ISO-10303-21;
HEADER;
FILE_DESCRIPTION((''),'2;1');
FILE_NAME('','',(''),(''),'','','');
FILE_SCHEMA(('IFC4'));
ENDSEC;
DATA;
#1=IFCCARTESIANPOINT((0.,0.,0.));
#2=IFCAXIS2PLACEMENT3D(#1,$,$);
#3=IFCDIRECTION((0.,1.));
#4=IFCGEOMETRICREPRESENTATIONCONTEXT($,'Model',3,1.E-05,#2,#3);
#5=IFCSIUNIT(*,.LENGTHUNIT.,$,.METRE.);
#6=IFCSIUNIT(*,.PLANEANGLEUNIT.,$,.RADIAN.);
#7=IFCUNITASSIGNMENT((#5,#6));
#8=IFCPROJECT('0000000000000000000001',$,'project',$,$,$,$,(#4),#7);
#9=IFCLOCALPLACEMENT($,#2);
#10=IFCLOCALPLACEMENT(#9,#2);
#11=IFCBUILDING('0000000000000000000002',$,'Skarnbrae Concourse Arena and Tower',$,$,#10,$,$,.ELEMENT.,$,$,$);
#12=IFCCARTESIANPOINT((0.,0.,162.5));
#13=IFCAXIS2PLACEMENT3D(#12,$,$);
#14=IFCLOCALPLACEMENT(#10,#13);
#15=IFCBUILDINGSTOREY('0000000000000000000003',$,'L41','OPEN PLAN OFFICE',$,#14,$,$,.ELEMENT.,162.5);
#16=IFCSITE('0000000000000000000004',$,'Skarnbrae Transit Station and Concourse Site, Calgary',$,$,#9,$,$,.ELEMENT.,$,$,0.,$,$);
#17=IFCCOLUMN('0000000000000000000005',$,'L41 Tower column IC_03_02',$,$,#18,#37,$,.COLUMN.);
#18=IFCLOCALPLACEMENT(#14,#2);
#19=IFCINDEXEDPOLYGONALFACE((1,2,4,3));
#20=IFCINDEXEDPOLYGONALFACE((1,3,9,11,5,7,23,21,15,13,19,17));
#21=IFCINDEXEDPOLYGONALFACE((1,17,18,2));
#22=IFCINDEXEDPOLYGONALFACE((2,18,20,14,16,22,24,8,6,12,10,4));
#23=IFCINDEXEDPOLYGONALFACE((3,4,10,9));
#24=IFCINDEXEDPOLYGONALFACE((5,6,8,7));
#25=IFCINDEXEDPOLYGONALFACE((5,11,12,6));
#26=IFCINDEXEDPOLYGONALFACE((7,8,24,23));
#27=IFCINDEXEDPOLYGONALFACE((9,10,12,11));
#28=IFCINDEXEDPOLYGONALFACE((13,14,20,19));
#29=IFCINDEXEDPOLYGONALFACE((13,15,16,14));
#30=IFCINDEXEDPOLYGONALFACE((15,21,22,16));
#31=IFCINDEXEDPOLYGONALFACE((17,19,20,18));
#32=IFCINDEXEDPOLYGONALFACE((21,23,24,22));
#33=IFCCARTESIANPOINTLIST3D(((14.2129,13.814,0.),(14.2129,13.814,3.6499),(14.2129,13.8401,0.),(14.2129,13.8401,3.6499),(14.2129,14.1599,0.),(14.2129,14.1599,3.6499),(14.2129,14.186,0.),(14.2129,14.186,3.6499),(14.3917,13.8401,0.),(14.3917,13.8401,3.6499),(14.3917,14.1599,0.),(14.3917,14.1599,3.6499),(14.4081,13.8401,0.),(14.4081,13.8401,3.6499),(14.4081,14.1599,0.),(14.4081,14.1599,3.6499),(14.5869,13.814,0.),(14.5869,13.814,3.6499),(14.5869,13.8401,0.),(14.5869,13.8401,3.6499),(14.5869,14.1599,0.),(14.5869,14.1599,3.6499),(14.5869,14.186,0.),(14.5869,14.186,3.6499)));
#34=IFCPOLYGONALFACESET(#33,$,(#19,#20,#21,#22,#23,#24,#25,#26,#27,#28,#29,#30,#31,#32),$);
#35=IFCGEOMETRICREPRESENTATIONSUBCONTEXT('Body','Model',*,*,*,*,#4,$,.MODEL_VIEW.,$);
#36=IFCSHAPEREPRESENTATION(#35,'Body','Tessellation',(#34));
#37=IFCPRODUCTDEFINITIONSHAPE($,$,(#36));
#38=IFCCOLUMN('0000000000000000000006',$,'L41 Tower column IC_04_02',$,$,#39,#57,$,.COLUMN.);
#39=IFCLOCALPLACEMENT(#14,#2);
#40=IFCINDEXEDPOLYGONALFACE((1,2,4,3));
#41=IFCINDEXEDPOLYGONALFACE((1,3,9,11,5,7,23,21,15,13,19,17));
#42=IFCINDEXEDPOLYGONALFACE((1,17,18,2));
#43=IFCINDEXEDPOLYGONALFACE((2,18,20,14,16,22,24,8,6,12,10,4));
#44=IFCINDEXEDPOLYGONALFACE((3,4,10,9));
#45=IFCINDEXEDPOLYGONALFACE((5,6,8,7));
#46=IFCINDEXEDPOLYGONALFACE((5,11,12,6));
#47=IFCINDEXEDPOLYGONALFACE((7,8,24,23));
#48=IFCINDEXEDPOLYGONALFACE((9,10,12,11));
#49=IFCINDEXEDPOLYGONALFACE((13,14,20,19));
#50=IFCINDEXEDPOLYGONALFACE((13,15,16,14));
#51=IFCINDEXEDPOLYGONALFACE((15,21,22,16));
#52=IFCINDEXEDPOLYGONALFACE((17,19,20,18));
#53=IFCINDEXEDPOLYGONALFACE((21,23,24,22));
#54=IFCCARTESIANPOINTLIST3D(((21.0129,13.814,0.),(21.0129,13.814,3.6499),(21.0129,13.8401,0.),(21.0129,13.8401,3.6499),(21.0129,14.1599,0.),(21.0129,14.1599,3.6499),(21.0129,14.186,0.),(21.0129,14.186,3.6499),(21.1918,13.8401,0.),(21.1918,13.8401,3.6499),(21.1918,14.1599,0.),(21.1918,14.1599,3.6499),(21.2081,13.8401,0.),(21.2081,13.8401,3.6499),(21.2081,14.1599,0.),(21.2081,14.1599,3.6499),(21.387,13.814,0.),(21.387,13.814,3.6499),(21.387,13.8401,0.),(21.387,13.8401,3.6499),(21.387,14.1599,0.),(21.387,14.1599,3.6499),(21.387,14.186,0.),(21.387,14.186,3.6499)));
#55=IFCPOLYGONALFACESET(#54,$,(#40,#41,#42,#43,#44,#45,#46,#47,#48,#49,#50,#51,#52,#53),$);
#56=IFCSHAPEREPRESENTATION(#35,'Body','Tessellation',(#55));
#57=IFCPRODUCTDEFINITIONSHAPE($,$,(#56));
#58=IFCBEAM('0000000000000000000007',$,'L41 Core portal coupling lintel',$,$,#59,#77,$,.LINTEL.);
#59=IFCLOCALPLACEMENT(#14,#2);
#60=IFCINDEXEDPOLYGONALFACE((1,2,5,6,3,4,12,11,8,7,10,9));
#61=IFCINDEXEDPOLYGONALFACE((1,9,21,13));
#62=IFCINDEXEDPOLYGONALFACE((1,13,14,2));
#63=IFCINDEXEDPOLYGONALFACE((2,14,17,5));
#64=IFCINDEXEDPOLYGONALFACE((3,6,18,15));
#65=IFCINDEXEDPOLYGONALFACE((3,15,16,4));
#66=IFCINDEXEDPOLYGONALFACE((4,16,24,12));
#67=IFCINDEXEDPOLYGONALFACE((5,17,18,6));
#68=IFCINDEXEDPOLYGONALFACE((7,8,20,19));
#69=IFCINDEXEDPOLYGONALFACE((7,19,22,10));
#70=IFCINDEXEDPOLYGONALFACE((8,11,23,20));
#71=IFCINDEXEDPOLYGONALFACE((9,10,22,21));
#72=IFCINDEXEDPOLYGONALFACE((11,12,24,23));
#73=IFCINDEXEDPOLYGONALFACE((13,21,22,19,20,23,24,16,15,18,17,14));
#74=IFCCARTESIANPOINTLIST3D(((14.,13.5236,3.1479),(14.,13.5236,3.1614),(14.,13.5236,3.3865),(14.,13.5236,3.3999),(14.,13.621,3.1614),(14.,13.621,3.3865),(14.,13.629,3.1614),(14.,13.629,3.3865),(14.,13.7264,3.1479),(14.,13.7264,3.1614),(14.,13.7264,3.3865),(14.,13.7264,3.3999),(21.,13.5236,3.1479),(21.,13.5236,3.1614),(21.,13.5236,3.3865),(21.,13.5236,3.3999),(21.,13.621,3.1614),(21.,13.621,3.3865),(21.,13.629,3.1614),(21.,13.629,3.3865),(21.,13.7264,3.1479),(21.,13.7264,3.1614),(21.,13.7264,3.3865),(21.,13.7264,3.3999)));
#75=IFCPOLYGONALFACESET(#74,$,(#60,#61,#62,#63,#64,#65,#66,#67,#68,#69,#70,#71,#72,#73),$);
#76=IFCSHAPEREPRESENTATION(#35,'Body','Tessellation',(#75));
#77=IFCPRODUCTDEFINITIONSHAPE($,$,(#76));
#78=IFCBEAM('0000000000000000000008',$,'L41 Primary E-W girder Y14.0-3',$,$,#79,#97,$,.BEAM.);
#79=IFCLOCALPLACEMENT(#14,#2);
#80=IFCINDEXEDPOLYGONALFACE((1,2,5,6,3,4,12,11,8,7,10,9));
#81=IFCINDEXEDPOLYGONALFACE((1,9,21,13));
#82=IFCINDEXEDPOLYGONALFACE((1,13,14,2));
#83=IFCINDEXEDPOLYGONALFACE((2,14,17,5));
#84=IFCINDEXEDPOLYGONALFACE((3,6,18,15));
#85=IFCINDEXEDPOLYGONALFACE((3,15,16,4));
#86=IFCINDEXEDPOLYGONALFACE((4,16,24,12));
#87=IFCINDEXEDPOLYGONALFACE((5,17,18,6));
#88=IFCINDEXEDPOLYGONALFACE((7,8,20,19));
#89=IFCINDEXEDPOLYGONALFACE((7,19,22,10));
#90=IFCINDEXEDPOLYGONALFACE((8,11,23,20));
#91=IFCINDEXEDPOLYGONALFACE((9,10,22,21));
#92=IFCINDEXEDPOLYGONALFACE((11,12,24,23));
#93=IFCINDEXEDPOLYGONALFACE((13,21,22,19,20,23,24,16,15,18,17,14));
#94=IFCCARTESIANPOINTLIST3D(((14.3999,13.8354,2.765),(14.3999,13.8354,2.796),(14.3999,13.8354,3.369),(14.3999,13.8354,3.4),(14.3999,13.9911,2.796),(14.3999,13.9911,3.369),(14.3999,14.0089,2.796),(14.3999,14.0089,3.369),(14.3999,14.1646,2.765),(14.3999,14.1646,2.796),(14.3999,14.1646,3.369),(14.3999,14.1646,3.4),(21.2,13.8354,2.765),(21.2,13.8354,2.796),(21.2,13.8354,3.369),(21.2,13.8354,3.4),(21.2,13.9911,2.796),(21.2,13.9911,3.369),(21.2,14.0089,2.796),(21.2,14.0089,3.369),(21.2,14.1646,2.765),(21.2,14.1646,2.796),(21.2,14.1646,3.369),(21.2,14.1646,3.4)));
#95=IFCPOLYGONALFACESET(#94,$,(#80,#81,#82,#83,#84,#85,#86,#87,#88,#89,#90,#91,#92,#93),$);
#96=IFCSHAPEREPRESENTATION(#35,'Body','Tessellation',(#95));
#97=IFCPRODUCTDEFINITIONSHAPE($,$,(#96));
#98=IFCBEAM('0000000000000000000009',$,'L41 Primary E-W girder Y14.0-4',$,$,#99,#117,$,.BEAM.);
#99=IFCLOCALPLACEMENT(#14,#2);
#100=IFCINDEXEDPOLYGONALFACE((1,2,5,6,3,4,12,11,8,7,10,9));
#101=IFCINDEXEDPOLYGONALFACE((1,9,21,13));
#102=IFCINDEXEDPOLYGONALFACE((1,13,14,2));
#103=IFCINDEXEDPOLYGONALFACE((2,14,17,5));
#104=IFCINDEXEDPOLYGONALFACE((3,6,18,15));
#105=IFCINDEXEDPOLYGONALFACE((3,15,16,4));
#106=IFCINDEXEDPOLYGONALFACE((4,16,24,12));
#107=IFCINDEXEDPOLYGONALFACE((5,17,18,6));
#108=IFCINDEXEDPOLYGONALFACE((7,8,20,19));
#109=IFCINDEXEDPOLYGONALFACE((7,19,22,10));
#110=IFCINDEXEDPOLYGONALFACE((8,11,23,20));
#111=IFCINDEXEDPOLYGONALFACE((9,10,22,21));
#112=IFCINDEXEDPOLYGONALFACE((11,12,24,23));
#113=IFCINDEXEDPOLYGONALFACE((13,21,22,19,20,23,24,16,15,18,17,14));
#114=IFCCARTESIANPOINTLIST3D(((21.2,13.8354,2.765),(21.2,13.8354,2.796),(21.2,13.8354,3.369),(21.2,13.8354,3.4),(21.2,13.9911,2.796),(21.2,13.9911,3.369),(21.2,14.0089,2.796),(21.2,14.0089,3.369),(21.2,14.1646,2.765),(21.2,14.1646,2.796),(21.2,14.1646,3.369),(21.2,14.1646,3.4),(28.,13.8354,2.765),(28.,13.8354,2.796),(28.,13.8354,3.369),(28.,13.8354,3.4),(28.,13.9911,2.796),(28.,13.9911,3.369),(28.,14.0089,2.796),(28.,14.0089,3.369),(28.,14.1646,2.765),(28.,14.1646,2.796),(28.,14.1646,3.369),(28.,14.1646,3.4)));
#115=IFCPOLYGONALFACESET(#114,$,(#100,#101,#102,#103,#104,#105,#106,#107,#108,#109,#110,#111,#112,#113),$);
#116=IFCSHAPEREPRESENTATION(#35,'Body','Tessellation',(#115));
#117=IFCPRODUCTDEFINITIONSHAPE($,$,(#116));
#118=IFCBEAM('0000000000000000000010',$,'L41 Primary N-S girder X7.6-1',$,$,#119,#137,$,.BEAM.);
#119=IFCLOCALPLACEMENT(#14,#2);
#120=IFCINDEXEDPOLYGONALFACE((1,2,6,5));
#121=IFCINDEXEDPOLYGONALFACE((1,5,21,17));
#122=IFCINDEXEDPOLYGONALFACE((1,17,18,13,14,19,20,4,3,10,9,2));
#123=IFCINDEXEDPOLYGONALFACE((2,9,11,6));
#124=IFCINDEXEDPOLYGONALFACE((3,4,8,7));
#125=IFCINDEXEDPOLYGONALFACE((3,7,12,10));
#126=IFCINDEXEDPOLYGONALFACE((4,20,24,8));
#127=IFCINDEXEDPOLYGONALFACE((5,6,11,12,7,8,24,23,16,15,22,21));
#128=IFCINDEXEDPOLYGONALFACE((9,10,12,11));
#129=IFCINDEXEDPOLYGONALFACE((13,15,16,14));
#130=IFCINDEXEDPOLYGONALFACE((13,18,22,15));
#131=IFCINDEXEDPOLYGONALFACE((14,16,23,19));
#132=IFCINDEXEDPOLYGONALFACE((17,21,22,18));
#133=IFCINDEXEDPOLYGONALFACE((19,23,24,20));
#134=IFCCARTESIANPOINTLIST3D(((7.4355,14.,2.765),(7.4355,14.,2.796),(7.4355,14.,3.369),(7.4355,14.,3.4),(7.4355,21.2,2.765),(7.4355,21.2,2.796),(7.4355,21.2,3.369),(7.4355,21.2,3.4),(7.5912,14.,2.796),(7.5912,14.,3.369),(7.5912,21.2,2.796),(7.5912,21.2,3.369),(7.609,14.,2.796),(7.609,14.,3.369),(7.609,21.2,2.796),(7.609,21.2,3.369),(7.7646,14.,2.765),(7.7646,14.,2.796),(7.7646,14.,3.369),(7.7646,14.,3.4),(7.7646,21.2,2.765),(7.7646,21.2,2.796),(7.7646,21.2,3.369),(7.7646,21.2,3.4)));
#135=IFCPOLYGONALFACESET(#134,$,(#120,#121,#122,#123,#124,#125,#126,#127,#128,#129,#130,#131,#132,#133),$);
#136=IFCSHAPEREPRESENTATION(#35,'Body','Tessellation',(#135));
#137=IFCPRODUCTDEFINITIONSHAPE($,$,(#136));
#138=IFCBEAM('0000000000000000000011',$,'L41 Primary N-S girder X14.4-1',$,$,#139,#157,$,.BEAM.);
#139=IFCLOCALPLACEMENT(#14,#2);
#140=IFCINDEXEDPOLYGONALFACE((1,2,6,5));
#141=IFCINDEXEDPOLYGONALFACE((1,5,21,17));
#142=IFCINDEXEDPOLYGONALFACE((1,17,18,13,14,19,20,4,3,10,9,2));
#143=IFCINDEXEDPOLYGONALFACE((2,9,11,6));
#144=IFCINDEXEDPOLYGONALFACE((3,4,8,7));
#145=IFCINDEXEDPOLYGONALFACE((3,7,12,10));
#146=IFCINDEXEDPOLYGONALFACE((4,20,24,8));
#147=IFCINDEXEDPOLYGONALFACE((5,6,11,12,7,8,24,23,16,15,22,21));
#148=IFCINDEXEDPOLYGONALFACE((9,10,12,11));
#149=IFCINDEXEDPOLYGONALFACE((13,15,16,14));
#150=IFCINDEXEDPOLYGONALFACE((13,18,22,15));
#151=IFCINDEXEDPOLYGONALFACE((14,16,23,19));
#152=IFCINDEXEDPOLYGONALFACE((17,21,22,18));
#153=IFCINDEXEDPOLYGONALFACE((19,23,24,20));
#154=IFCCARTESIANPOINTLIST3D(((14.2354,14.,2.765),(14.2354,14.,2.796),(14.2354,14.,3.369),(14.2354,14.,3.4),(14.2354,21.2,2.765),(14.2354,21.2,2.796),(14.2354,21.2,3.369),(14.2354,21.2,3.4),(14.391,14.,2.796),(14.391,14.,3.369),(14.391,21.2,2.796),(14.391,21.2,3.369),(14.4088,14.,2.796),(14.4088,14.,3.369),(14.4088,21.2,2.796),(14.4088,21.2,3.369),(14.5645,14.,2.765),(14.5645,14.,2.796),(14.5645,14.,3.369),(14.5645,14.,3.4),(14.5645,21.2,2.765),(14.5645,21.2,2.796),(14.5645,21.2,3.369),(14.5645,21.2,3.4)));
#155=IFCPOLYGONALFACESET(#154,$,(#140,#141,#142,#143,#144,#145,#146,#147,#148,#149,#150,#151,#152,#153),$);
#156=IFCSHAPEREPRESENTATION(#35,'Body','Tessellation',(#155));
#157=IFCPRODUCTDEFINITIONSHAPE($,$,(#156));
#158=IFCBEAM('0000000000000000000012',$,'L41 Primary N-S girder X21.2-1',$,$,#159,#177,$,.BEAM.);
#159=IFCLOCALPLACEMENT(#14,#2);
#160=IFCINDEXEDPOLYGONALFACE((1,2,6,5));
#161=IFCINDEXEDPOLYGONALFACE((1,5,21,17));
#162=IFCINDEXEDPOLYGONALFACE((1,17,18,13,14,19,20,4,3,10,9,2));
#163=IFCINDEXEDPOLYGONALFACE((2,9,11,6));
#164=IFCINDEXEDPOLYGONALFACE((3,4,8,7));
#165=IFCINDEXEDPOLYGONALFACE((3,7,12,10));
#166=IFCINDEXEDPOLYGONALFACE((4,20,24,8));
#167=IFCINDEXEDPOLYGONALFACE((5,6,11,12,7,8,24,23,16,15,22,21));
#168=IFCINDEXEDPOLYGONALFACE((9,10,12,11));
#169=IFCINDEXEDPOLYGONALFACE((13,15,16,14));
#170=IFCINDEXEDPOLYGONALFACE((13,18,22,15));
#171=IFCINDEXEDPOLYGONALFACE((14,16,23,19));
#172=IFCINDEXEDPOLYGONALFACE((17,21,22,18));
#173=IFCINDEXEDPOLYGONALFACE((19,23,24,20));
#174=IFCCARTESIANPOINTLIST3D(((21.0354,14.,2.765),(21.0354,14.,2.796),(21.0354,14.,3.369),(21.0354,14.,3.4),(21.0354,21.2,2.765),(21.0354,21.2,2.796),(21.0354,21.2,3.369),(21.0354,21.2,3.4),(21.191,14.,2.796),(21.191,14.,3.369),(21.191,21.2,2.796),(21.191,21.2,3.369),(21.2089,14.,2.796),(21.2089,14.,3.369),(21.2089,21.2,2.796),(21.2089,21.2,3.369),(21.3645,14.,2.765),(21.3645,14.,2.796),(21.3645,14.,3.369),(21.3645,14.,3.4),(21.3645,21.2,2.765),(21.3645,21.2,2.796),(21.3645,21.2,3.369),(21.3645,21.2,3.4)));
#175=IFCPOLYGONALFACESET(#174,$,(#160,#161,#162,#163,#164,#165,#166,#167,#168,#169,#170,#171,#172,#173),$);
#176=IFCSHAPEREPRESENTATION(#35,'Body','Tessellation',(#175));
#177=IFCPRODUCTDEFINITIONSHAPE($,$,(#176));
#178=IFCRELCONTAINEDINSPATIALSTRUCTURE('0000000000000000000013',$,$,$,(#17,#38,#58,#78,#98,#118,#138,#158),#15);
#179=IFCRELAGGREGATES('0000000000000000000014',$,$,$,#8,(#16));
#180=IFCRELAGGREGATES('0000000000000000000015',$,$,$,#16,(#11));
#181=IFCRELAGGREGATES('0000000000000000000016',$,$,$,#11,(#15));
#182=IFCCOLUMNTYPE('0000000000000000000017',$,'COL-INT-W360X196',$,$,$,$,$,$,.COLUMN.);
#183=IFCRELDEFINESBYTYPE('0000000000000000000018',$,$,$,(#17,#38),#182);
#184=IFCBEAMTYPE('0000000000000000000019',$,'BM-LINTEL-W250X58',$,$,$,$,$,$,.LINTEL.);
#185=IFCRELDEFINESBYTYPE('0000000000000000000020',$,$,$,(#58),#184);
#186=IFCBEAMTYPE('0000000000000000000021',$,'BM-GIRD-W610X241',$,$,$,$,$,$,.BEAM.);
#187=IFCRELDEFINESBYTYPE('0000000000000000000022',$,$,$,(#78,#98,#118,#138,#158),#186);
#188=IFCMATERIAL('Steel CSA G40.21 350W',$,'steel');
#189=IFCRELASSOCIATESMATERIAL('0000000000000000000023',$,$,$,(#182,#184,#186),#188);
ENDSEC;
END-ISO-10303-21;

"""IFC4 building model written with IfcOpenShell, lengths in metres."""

from ifc_helpers import new_model, si_unit, direction, frame, origin, origin_2d, place, context, subcontext, project, spatial, i_section, extrude, source, transform, mapped, material, material_profile, profile_set, type_object, element, save


model = new_model("IFC4")

# Units and contexts
model_context = context("Model", 3, precision=1e-05, world=origin(), true_north=direction((0.0, 1.0)))
body_context = subcontext(model_context, "Body", "Model", "MODEL_VIEW")
ifc_project = project(units=[si_unit("LENGTHUNIT", "METRE"), si_unit("PLANEANGLEUNIT", "RADIAN")], contexts=[model_context])

# Site, building, storey
site_placement = place(None, origin())
site = spatial("IfcSite", under=ifc_project, at=site_placement, Name="Skarnbrae Transit Station and Concourse Site, Calgary", CompositionType="ELEMENT", RefElevation=0.0)
building_placement = place(site_placement, origin())
building = spatial("IfcBuilding", under=site, at=building_placement, Name="Skarnbrae Concourse Arena and Tower", CompositionType="ELEMENT")
storey_placement = place(building_placement, frame((0.0, 0.0, 162.5)))
storey = spatial("IfcBuildingStorey", under=building, at=storey_placement, Name="L41", Description="OPEN PLAN OFFICE", CompositionType="ELEMENT", Elevation=162.5)

# Columns
ifc_material_1 = material(Name="Steel CSA G40.21 350W", Category="steel")
ifc_material_profile_1 = material_profile(ifc_material_1, i_section(OverallWidth=0.374, OverallDepth=0.3721, WebThickness=0.0164, FlangeThickness=0.0261, at=origin_2d()), Name="W360X196")
ifc_profile_set_1 = profile_set([ifc_material_profile_1], Name="Steel CSA G40.21 350W")
column_type = type_object("IfcColumnType", Name="COL-INT-W360X196", PredefinedType="COLUMN", material=ifc_profile_set_1)
shared_shape_1 = source(origin(), body_context, "Body", "SweptSolid", [
    extrude(i_section(OverallWidth=0.374, OverallDepth=0.3721, WebThickness=0.0164, FlangeThickness=0.0261, at=origin_2d()), origin(), (0.0, 0.0, 1.0), 3.6499),
])
for number, where, z_axis, x_axis, name in (
    (1, (14.3999, 14.0, 0.0), (0.0, 0.0, 1.0), (1.0, 0.0, 0.0), "L41 Tower column IC_03_02"),
    (2, (21.2, 14.0, 0.0), (0.0, 0.0, 1.0), (1.0, 0.0, 0.0), "L41 Tower column IC_04_02"),
):
    element("IfcColumn", number, at=place(storey_placement, frame(where, z_axis=z_axis, x_axis=x_axis)), inside=storey, type_object=column_type, Name=name, PredefinedType="COLUMN", context=body_context, shape_type="MappedRepresentation", body=[
        mapped(shared_shape_1, transform((0.0, 0.0, 0.0))),
    ])

# Beams
ifc_material_profile_2 = material_profile(ifc_material_1, i_section(OverallWidth=0.2029, OverallDepth=0.252, WebThickness=0.0081, FlangeThickness=0.0134, at=origin_2d()), Name="W250X58")
ifc_profile_set_2 = profile_set([ifc_material_profile_2], Name="Steel CSA G40.21 350W")
beam_type_1 = type_object("IfcBeamType", Name="BM-LINTEL-W250X58", PredefinedType="LINTEL", material=ifc_profile_set_2)
shared_shape_2 = source(origin(), body_context, "Body", "SweptSolid", [
    extrude(i_section(OverallWidth=0.2029, OverallDepth=0.252, WebThickness=0.0081, FlangeThickness=0.0134, at=origin_2d()), origin(), (0.0, 0.0, 1.0), 7.0),
])
beam_placement = place(storey_placement, frame((14.0, 13.625, 3.2739), z_axis=(1.0, 0.0, 0.0), x_axis=(0.0, 1.0, 0.0)))
element("IfcBeam", 3, at=beam_placement, inside=storey, type_object=beam_type_1, Name="L41 Core portal coupling lintel", PredefinedType="LINTEL", context=body_context, shape_type="MappedRepresentation", body=[
    mapped(shared_shape_2, transform((0.0, 0.0, 0.0))),
])
ifc_material_profile_3 = material_profile(ifc_material_1, i_section(OverallWidth=0.3291, OverallDepth=0.635, WebThickness=0.0178, FlangeThickness=0.031, at=origin_2d()), Name="W610X241")
ifc_profile_set_3 = profile_set([ifc_material_profile_3], Name="Steel CSA G40.21 350W")
beam_type_2 = type_object("IfcBeamType", Name="BM-GIRD-W610X241", PredefinedType="BEAM", material=ifc_profile_set_3)
shared_shape_3 = source(origin(), body_context, "Body", "SweptSolid", [
    extrude(i_section(OverallWidth=0.3291, OverallDepth=0.635, WebThickness=0.0178, FlangeThickness=0.031, at=origin_2d()), origin(), (0.0, 0.0, 1.0), 6.8),
])
for number, where, z_axis, x_axis, name in (
    (4, (14.3999, 14.0, 3.0825), (1.0, 0.0, 0.0), (0.0, 1.0, 0.0), "L41 Primary E-W girder Y14.0-3"),
    (5, (21.2, 14.0, 3.0825), (1.0, 0.0, 0.0), (0.0, 1.0, 0.0), "L41 Primary E-W girder Y14.0-4"),
):
    element("IfcBeam", number, at=place(storey_placement, frame(where, z_axis=z_axis, x_axis=x_axis)), inside=storey, type_object=beam_type_2, Name=name, PredefinedType="BEAM", context=body_context, shape_type="MappedRepresentation", body=[
        mapped(shared_shape_3, transform((0.0, 0.0, 0.0))),
    ])
shared_shape_4 = source(origin(), body_context, "Body", "SweptSolid", [
    extrude(i_section(OverallWidth=0.3291, OverallDepth=0.635, WebThickness=0.0178, FlangeThickness=0.031, at=origin_2d()), origin(), (0.0, 0.0, 1.0), 7.2),
])
for number, where, z_axis, x_axis, name in (
    (6, (7.6001, 14.0, 3.0825), (0.0, 1.0, 0.0), (-1.0, 0.0, 0.0), "L41 Primary N-S girder X7.6-1"),
    (7, (14.3999, 14.0, 3.0825), (0.0, 1.0, 0.0), (-1.0, 0.0, 0.0), "L41 Primary N-S girder X14.4-1"),
    (8, (21.2, 14.0, 3.0825), (0.0, 1.0, 0.0), (-1.0, 0.0, 0.0), "L41 Primary N-S girder X21.2-1"),
):
    element("IfcBeam", number, at=place(storey_placement, frame(where, z_axis=z_axis, x_axis=x_axis)), inside=storey, type_object=beam_type_2, Name=name, PredefinedType="BEAM", context=body_context, shape_type="MappedRepresentation", body=[
        mapped(shared_shape_4, transform((0.0, 0.0, 0.0))),
    ])

save(model, "model.ifc")
